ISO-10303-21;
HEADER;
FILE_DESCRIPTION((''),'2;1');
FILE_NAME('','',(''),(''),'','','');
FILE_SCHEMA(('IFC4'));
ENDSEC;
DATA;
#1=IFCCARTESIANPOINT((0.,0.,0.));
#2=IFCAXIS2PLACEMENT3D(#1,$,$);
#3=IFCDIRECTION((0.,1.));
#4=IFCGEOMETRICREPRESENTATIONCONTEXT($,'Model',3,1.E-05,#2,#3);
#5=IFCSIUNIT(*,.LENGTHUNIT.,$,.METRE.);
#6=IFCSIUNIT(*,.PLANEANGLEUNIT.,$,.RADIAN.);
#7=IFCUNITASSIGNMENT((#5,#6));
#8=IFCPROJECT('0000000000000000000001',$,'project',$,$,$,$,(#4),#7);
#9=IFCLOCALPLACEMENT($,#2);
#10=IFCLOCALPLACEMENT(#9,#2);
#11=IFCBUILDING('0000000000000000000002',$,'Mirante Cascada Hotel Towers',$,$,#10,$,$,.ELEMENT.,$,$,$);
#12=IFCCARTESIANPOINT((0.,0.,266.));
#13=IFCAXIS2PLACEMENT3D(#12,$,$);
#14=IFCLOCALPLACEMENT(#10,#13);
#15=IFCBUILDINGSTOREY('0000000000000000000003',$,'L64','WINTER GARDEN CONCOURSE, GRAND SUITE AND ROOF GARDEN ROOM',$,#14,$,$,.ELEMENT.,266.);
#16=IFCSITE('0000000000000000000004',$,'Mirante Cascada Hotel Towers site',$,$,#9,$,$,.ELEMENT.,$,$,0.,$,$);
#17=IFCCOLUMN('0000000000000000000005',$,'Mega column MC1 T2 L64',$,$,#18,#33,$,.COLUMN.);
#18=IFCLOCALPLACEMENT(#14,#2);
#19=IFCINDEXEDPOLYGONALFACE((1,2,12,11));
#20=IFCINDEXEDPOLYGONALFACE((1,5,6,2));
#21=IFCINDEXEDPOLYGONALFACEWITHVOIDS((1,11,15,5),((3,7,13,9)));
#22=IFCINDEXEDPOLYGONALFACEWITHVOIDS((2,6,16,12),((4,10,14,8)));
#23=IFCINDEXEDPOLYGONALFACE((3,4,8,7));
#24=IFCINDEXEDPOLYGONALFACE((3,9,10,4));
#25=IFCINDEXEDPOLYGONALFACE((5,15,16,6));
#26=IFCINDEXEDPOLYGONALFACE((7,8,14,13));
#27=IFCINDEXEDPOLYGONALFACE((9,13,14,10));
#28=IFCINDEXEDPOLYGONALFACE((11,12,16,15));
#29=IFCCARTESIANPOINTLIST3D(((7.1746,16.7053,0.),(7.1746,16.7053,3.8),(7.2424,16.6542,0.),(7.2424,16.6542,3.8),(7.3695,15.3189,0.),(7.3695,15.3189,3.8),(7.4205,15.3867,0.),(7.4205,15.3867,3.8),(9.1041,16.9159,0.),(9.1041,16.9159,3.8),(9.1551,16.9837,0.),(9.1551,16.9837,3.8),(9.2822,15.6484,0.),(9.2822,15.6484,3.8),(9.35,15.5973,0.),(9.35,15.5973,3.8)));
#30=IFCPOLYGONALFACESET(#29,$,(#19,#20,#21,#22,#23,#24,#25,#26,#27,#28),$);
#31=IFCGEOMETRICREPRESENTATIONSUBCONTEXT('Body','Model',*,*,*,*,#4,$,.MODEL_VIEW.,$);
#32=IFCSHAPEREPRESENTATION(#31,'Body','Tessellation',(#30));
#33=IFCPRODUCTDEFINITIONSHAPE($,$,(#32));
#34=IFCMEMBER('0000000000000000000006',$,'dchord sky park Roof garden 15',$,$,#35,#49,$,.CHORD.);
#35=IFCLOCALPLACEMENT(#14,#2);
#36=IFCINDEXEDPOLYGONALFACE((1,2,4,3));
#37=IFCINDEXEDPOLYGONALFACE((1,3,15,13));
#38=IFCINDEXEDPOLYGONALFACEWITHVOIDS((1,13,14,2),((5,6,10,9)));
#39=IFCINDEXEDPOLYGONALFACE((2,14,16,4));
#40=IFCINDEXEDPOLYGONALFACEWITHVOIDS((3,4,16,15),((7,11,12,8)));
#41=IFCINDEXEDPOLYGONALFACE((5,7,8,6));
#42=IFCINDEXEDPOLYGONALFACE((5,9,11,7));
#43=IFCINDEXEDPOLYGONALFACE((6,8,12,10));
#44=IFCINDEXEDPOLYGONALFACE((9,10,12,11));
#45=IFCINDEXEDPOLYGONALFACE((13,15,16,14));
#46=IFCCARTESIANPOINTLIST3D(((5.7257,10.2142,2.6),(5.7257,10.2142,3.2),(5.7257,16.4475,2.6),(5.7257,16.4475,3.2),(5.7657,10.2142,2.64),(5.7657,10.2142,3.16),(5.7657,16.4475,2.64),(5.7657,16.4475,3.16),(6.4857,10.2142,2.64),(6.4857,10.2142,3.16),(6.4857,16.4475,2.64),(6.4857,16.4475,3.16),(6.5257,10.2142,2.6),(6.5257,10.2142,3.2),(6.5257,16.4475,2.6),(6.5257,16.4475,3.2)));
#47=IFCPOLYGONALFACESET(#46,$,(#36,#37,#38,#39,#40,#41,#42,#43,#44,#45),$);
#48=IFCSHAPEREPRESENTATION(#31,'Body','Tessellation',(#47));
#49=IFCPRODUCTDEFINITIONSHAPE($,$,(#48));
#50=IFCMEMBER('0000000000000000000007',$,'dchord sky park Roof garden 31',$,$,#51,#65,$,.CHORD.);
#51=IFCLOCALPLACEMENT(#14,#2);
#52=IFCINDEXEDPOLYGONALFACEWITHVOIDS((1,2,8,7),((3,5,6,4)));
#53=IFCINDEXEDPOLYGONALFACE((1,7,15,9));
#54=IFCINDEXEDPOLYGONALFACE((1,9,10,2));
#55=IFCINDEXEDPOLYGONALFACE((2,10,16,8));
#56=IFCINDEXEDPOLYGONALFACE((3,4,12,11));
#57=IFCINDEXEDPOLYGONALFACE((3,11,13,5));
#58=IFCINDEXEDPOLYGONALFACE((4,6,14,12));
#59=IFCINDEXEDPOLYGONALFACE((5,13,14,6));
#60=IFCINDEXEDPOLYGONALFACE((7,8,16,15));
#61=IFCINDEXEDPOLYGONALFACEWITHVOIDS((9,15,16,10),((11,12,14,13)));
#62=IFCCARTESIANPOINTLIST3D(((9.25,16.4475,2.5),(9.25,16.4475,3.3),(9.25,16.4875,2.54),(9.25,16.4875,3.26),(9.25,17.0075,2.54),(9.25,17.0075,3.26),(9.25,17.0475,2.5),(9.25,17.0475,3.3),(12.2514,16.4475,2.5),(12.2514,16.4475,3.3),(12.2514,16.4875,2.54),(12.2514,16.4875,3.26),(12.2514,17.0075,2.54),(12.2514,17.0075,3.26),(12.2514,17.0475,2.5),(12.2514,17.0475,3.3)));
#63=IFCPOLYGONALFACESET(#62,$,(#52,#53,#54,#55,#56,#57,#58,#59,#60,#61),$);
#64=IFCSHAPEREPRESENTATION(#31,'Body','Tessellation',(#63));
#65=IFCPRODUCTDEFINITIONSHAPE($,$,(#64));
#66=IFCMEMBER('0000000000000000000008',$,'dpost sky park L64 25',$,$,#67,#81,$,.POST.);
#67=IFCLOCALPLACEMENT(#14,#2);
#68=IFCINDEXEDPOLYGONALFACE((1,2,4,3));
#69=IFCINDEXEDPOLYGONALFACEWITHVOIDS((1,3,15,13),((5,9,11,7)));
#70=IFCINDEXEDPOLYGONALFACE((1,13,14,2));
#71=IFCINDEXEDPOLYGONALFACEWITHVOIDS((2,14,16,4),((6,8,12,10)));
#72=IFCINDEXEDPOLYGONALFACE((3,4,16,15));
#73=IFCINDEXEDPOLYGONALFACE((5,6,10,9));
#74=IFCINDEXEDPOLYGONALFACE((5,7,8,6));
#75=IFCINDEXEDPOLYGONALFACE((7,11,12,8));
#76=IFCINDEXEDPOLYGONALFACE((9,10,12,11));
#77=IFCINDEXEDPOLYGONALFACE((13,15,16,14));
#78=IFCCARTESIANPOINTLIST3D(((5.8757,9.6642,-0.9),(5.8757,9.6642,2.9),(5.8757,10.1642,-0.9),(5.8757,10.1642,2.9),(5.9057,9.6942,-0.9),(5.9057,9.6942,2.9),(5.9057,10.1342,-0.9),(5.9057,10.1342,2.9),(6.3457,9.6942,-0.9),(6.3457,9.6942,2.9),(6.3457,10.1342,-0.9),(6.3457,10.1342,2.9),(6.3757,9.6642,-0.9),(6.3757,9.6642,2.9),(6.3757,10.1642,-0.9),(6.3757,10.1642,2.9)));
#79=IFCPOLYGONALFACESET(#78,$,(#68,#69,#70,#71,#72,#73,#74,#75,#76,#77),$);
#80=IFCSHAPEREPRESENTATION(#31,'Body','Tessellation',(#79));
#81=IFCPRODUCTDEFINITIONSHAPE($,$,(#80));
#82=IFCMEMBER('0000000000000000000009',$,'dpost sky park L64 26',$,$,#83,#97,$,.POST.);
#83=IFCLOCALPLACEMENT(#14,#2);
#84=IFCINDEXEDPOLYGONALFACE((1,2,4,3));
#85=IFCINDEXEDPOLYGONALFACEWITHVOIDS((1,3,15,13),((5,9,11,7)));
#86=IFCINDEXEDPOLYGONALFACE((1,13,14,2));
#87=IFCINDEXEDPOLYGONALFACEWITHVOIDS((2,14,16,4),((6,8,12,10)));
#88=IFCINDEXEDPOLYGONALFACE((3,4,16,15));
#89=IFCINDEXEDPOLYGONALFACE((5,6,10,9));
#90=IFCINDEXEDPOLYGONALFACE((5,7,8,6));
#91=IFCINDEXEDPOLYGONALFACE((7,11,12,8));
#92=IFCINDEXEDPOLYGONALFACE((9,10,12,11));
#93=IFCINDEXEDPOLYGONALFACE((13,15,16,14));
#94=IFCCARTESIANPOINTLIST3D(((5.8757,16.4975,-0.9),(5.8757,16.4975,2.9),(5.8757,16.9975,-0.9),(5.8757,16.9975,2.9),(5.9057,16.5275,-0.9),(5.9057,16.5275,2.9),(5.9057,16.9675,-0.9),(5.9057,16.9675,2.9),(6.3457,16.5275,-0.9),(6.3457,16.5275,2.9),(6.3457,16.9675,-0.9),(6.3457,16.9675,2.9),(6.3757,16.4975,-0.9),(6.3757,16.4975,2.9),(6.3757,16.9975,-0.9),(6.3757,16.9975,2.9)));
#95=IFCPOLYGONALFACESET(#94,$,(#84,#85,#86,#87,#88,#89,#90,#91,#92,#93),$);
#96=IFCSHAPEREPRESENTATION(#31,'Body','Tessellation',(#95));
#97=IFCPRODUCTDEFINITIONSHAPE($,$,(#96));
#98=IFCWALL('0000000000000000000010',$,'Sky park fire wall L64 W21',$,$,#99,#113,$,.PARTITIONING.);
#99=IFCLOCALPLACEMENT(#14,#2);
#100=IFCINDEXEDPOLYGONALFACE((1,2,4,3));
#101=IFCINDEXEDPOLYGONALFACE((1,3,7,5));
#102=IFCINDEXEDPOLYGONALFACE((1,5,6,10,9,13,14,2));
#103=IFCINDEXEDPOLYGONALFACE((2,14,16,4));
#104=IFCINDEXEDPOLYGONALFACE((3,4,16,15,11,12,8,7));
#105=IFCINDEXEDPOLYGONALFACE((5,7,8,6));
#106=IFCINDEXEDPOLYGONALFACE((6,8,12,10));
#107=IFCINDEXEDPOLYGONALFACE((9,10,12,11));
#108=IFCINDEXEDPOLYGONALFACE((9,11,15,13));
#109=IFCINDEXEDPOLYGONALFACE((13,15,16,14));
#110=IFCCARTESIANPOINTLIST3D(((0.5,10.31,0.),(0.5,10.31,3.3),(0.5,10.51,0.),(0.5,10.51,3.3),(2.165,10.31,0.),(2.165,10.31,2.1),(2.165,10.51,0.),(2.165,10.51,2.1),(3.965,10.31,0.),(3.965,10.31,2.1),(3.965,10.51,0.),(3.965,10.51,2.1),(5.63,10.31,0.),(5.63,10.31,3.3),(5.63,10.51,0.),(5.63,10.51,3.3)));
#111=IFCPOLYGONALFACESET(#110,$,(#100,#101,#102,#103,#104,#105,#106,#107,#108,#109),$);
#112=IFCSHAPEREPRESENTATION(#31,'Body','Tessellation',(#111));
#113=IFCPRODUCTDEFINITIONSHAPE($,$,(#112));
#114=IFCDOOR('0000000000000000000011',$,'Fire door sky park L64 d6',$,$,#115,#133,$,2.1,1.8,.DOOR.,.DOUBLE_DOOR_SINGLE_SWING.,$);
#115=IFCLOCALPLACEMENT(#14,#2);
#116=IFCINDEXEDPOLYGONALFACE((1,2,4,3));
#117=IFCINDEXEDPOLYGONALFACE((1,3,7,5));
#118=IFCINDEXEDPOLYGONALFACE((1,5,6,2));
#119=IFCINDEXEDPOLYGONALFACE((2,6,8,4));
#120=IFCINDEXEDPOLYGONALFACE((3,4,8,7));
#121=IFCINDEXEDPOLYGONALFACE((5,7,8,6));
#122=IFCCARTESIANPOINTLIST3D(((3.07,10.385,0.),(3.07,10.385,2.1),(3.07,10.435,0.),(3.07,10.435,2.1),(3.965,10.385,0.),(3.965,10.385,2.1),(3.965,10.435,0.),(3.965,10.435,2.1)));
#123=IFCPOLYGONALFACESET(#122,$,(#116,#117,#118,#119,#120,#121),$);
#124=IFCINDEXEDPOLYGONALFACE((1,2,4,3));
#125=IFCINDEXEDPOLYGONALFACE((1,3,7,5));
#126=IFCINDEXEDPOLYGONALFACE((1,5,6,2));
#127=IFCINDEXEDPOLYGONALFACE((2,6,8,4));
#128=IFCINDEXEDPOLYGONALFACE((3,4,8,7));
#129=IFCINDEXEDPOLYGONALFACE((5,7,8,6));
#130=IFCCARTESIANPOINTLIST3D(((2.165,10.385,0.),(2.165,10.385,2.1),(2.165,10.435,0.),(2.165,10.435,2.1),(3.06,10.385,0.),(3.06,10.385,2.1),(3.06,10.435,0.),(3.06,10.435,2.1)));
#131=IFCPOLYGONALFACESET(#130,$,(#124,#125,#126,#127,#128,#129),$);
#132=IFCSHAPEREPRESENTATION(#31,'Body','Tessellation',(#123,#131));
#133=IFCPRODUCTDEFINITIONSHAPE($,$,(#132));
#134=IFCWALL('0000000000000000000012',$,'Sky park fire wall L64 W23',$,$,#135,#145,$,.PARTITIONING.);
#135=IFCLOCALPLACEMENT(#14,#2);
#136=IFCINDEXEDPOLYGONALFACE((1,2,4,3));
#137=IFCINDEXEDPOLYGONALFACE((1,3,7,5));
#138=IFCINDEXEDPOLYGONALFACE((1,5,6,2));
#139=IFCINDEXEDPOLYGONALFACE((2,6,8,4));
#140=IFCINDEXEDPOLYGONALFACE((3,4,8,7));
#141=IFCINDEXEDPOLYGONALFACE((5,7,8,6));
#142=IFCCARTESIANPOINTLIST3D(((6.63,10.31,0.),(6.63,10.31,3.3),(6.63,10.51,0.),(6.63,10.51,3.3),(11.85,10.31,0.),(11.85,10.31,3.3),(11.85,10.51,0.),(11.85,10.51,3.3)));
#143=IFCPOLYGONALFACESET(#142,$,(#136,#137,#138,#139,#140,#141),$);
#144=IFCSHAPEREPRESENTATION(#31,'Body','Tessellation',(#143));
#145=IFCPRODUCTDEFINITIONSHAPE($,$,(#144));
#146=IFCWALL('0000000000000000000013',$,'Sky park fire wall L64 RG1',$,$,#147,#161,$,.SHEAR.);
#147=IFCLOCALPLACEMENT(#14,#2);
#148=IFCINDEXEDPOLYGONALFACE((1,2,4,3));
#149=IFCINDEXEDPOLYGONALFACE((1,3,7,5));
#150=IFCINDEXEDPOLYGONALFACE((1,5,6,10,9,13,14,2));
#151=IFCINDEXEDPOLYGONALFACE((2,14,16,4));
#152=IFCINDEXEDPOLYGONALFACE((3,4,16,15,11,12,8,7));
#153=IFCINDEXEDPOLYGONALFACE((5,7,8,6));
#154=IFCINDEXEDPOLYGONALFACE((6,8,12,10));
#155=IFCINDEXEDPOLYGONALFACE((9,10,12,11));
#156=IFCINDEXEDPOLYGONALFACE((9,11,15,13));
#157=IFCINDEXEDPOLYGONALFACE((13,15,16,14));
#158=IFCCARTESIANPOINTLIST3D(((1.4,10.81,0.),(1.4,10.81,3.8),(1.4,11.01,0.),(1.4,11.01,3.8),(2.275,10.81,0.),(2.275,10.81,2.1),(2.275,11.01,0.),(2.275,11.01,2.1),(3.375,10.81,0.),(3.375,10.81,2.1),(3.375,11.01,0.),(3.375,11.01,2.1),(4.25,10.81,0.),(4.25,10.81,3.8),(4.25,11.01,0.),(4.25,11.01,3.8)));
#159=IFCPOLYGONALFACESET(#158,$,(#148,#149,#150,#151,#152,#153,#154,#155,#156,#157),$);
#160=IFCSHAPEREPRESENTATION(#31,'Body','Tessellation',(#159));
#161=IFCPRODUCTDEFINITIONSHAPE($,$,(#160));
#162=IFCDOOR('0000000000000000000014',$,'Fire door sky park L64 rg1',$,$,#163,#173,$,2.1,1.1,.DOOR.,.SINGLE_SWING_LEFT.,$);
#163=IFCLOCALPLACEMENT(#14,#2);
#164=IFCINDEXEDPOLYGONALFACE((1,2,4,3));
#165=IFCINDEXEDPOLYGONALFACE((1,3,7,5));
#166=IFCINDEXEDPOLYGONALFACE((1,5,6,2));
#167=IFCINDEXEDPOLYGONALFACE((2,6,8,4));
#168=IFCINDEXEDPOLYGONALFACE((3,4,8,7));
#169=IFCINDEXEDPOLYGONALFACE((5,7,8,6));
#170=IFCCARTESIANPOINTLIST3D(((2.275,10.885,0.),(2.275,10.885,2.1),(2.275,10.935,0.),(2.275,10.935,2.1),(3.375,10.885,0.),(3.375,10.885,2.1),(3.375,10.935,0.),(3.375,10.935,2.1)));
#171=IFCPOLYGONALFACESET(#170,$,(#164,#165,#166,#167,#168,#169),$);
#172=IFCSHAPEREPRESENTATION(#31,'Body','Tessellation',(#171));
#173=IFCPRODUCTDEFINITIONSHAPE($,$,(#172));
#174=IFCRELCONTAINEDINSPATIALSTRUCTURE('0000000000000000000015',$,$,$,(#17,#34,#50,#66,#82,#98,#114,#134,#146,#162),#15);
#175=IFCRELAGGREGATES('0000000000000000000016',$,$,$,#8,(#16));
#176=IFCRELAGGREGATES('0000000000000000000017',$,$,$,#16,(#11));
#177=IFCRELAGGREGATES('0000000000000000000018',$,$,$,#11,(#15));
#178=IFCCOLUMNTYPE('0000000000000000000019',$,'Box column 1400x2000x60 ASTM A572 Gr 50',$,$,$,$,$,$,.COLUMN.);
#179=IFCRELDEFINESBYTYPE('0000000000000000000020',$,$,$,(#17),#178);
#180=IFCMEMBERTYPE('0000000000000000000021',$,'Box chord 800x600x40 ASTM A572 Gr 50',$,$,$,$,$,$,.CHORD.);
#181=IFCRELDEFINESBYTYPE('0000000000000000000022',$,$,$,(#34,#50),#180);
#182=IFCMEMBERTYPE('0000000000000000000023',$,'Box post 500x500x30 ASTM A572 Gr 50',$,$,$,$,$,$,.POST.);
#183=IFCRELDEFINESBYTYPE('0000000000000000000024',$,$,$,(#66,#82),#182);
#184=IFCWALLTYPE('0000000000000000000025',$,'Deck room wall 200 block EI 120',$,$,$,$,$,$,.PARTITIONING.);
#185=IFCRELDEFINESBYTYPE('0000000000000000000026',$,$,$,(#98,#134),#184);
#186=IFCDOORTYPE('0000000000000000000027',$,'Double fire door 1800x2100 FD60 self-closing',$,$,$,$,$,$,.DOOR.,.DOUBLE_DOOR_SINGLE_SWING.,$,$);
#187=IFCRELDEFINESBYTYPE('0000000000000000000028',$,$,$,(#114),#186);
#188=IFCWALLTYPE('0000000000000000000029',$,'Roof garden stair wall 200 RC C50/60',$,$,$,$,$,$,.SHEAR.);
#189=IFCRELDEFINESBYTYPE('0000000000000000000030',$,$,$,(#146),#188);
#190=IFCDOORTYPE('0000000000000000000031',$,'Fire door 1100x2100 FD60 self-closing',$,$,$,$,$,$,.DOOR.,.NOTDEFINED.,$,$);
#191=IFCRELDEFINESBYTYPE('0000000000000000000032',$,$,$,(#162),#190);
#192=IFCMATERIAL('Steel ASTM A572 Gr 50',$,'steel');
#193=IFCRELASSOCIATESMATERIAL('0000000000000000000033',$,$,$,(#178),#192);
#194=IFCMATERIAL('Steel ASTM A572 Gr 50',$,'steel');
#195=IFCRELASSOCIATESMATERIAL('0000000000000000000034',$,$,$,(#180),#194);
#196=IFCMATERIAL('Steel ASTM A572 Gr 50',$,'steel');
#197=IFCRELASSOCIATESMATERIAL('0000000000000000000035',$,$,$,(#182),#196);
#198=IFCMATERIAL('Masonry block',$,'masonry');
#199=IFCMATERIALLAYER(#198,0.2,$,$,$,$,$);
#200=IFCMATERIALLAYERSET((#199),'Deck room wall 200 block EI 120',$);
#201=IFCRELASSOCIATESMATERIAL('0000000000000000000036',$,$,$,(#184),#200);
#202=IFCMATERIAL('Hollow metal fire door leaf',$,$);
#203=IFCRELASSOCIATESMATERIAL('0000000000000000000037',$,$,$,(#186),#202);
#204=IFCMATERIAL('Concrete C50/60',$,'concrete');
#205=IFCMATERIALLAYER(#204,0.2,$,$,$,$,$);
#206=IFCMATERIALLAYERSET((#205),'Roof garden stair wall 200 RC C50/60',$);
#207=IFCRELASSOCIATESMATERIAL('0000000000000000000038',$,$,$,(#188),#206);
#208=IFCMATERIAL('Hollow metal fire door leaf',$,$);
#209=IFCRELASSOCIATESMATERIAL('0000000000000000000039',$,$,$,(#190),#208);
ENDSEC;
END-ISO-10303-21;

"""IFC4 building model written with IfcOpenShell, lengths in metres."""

from ifc_helpers import new_model, si_unit, direction, frame, frame_2d, origin, origin_2d, place, context, subcontext, project, spatial, rectangle, hollow_rectangle, extrude, material, layer, layer_set, material_profile, profile_set, type_object, element, fill, save


model = new_model("IFC4")

# Units and contexts
model_context = context("Model", 3, precision=1e-05, world=origin(), true_north=direction((0.0, 1.0)))
body_context = subcontext(model_context, "Body", "Model", "MODEL_VIEW")
ifc_project = project(units=[si_unit("LENGTHUNIT", "METRE"), si_unit("PLANEANGLEUNIT", "RADIAN")], contexts=[model_context])

# Site, building, storey
site_placement = place(None, origin())
site = spatial("IfcSite", under=ifc_project, at=site_placement, Name="Mirante Cascada Hotel Towers site", CompositionType="ELEMENT", RefElevation=0.0)
building_placement = place(site_placement, origin())
building = spatial("IfcBuilding", under=site, at=building_placement, Name="Mirante Cascada Hotel Towers", CompositionType="ELEMENT")
storey_placement = place(building_placement, frame((0.0, 0.0, 266.0)))
storey = spatial("IfcBuildingStorey", under=building, at=storey_placement, Name="L64", Description="WINTER GARDEN CONCOURSE, GRAND SUITE AND ROOF GARDEN ROOM", CompositionType="ELEMENT", Elevation=266.0)

# Column
ifc_material_1 = material(Name="Steel ASTM A572 Gr 50", Category="steel")
ifc_material_profile_1 = material_profile(ifc_material_1, hollow_rectangle(XDim=2.0, YDim=1.4, WallThickness=0.06, at=origin_2d()), Name="Box column 1400x2000x60 ASTM A572 Gr 50")
ifc_profile_set_1 = profile_set([ifc_material_profile_1], Name="Steel ASTM A572 Gr 50")
column_type = type_object("IfcColumnType", Name="Box column 1400x2000x60 ASTM A572 Gr 50", PredefinedType="COLUMN", material=ifc_profile_set_1)
column_placement = place(storey_placement, frame((8.2623, 16.1513, 0.0), z_axis=(0.0, 0.0, 1.0), x_axis=(0.990268, 0.139173, 0.0)))
element("IfcColumn", 1, at=column_placement, inside=storey, type_object=column_type, Name="Mega column MC1 T2 L64", PredefinedType="COLUMN", context=body_context, shape_type="SweptSolid", body=[
    extrude(hollow_rectangle(XDim=2.0, YDim=1.4, WallThickness=0.06, at=origin_2d()), origin(), (0.0, 0.0, 1.0), 3.8),
])

# Members
ifc_material_2 = material(Name="Steel ASTM A572 Gr 50", Category="steel")
ifc_material_profile_2 = material_profile(ifc_material_2, hollow_rectangle(XDim=0.6, YDim=0.8, WallThickness=0.04, at=origin_2d()), Name="Box chord 800x600x40 ASTM A572 Gr 50")
ifc_profile_set_2 = profile_set([ifc_material_profile_2], Name="Steel ASTM A572 Gr 50")
member_type_1 = type_object("IfcMemberType", Name="Box chord 800x600x40 ASTM A572 Gr 50", PredefinedType="CHORD", material=ifc_profile_set_2)
member_1_placement = place(storey_placement, frame((6.1257, 10.2142, 2.9), z_axis=(0.0, 1.0, 0.0), x_axis=(0.0, 0.0, 1.0)))
element("IfcMember", 2, at=member_1_placement, inside=storey, type_object=member_type_1, Name="dchord sky park Roof garden 15", PredefinedType="CHORD", context=body_context, shape_type="SweptSolid", body=[
    extrude(hollow_rectangle(XDim=0.6, YDim=0.8, WallThickness=0.04, at=origin_2d()), origin(), (0.0, 0.0, 1.0), 6.2333),
])
member_2_placement = place(storey_placement, frame((9.25, 16.7475, 2.9), z_axis=(1.0, 0.0, 0.0), x_axis=(0.0, 1.0, 0.0)))
element("IfcMember", 3, at=member_2_placement, inside=storey, type_object=member_type_1, Name="dchord sky park Roof garden 31", PredefinedType="CHORD", context=body_context, shape_type="SweptSolid", body=[
    extrude(hollow_rectangle(XDim=0.6, YDim=0.8, WallThickness=0.04, at=origin_2d()), origin(), (0.0, 0.0, 1.0), 3.0014),
])
ifc_material_3 = material(Name="Steel ASTM A572 Gr 50", Category="steel")
ifc_material_profile_3 = material_profile(ifc_material_3, hollow_rectangle(XDim=0.5, YDim=0.5, WallThickness=0.03, at=origin_2d()), Name="Box post 500x500x30 ASTM A572 Gr 50")
ifc_profile_set_3 = profile_set([ifc_material_profile_3], Name="Steel ASTM A572 Gr 50")
member_type_2 = type_object("IfcMemberType", Name="Box post 500x500x30 ASTM A572 Gr 50", PredefinedType="POST", material=ifc_profile_set_3)
for number, where, z_axis, x_axis, name in (
    (4, (6.1257, 9.9142, -0.9), (0.0, 0.0, 1.0), (1.0, 0.0, 0.0), "dpost sky park L64 25"),
    (5, (6.1257, 16.7475, -0.9), (0.0, 0.0, 1.0), (1.0, 0.0, 0.0), "dpost sky park L64 26"),
):
    element("IfcMember", number, at=place(storey_placement, frame(where, z_axis=z_axis, x_axis=x_axis)), inside=storey, type_object=member_type_2, Name=name, PredefinedType="POST", context=body_context, shape_type="SweptSolid", body=[
        extrude(hollow_rectangle(XDim=0.5, YDim=0.5, WallThickness=0.03, at=origin_2d()), origin(), (0.0, 0.0, 1.0), 3.8),
    ])

# Wall, opening, door
ifc_material_4 = material(Name="Masonry block", Category="masonry")
ifc_layer_1 = layer(ifc_material_4, 0.2)
ifc_layer_set_1 = layer_set([ifc_layer_1], Name="Deck room wall 200 block EI 120")
wall_type_1 = type_object("IfcWallType", Name="Deck room wall 200 block EI 120", PredefinedType="PARTITIONING", material=ifc_layer_set_1)
wall_1_placement = place(storey_placement, frame((0.5, 10.41, 0.0), z_axis=(0.0, 0.0, 1.0), x_axis=(1.0, 0.0, 0.0)))
wall_1 = element("IfcWall", 6, at=wall_1_placement, inside=storey, type_object=wall_type_1, Name="Sky park fire wall L64 W21", PredefinedType="PARTITIONING", context=body_context, shape_type="SweptSolid", body=[
    extrude(rectangle(XDim=5.13, YDim=0.2, at=frame_2d((2.565, 0.0))), origin(), (0.0, 0.0, 1.0), 3.3),
])
opening_1_placement = place(wall_1_placement, frame((1.665, 0.0, 0.0)))
opening_1 = element("IfcOpeningElement", 7, at=opening_1_placement, cuts=wall_1, PredefinedType="OPENING", context=body_context, shape_type="SweptSolid", body=[
    extrude(rectangle(XDim=1.8, YDim=2.1, at=frame_2d((0.9, 1.05))), frame((0.0, 0.1, 0.0), z_axis=(0.0, -1.0, 0.0), x_axis=(1.0, 0.0, 0.0)), (0.0, 0.0, 1.0), 0.2),
])
ifc_material_5 = material(Name="Hollow metal fire door leaf")
door_type_1 = type_object("IfcDoorType", Name="Double fire door 1800x2100 FD60 self-closing", OperationType="DOUBLE_DOOR_SINGLE_SWING", PredefinedType="DOOR", material=ifc_material_5)
door_1_placement = place(opening_1_placement, frame((1.8, 0.0, 0.0), z_axis=(0.0, 0.0, 1.0), x_axis=(-1.0, 0.0, 0.0)))
door_1 = element("IfcDoor", 8, at=door_1_placement, inside=storey, type_object=door_type_1, Name="Fire door sky park L64 d6", OperationType="DOUBLE_DOOR_SINGLE_SWING", OverallHeight=2.1, OverallWidth=1.8, PredefinedType="DOOR", context=body_context, shape_type="SweptSolid", body=[
    extrude(rectangle(XDim=0.895, YDim=2.1, at=frame_2d((0.4475, 1.05))), frame((0.0, 0.025, 0.0), z_axis=(0.0, -1.0, 0.0), x_axis=(1.0, 0.0, 0.0)), (0.0, 0.0, 1.0), 0.05),
    extrude(rectangle(XDim=0.895, YDim=2.1, at=frame_2d((1.3525, 1.05))), frame((0.0, 0.025, 0.0), z_axis=(0.0, -1.0, 0.0), x_axis=(1.0, 0.0, 0.0)), (0.0, 0.0, 1.0), 0.05),
])
fill(opening_1, door_1)

# Wall
wall_2_placement = place(storey_placement, frame((6.63, 10.41, 0.0), z_axis=(0.0, 0.0, 1.0), x_axis=(1.0, 0.0, 0.0)))
element("IfcWall", 9, at=wall_2_placement, inside=storey, type_object=wall_type_1, Name="Sky park fire wall L64 W23", PredefinedType="PARTITIONING", context=body_context, shape_type="SweptSolid", body=[
    extrude(rectangle(XDim=5.22, YDim=0.2, at=frame_2d((2.61, 0.0))), origin(), (0.0, 0.0, 1.0), 3.3),
])

# Wall, opening, door
ifc_material_6 = material(Name="Concrete C50/60", Category="concrete")
ifc_layer_2 = layer(ifc_material_6, 0.2)
ifc_layer_set_2 = layer_set([ifc_layer_2], Name="Roof garden stair wall 200 RC C50/60")
wall_type_2 = type_object("IfcWallType", Name="Roof garden stair wall 200 RC C50/60", PredefinedType="SHEAR", material=ifc_layer_set_2)
wall_3_placement = place(storey_placement, frame((1.4, 10.91, 0.0), z_axis=(0.0, 0.0, 1.0), x_axis=(1.0, 0.0, 0.0)))
wall_3 = element("IfcWall", 10, at=wall_3_placement, inside=storey, type_object=wall_type_2, Name="Sky park fire wall L64 RG1", PredefinedType="SHEAR", context=body_context, shape_type="SweptSolid", body=[
    extrude(rectangle(XDim=2.85, YDim=0.2, at=frame_2d((1.425, 0.0))), origin(), (0.0, 0.0, 1.0), 3.8),
])
opening_2_placement = place(wall_3_placement, frame((0.875, 0.0, 0.0)))
opening_2 = element("IfcOpeningElement", 11, at=opening_2_placement, cuts=wall_3, PredefinedType="OPENING", context=body_context, shape_type="SweptSolid", body=[
    extrude(rectangle(XDim=1.1, YDim=2.1, at=frame_2d((0.55, 1.05))), frame((0.0, 0.1, 0.0), z_axis=(0.0, -1.0, 0.0), x_axis=(1.0, 0.0, 0.0)), (0.0, 0.0, 1.0), 0.2),
])
ifc_material_7 = material(Name="Hollow metal fire door leaf")
door_type_2 = type_object("IfcDoorType", Name="Fire door 1100x2100 FD60 self-closing", OperationType="NOTDEFINED", PredefinedType="DOOR", material=ifc_material_7)
door_2_placement = place(opening_2_placement, origin())
door_2 = element("IfcDoor", 12, at=door_2_placement, inside=storey, type_object=door_type_2, Name="Fire door sky park L64 rg1", OperationType="SINGLE_SWING_LEFT", OverallHeight=2.1, OverallWidth=1.1, PredefinedType="DOOR", context=body_context, shape_type="SweptSolid", body=[
    extrude(rectangle(XDim=1.1, YDim=2.1, at=frame_2d((0.55, 1.05))), frame((0.0, 0.025, 0.0), z_axis=(0.0, -1.0, 0.0), x_axis=(1.0, 0.0, 0.0)), (0.0, 0.0, 1.0), 0.05),
])
fill(opening_2, door_2)

save(model, "model.ifc")
